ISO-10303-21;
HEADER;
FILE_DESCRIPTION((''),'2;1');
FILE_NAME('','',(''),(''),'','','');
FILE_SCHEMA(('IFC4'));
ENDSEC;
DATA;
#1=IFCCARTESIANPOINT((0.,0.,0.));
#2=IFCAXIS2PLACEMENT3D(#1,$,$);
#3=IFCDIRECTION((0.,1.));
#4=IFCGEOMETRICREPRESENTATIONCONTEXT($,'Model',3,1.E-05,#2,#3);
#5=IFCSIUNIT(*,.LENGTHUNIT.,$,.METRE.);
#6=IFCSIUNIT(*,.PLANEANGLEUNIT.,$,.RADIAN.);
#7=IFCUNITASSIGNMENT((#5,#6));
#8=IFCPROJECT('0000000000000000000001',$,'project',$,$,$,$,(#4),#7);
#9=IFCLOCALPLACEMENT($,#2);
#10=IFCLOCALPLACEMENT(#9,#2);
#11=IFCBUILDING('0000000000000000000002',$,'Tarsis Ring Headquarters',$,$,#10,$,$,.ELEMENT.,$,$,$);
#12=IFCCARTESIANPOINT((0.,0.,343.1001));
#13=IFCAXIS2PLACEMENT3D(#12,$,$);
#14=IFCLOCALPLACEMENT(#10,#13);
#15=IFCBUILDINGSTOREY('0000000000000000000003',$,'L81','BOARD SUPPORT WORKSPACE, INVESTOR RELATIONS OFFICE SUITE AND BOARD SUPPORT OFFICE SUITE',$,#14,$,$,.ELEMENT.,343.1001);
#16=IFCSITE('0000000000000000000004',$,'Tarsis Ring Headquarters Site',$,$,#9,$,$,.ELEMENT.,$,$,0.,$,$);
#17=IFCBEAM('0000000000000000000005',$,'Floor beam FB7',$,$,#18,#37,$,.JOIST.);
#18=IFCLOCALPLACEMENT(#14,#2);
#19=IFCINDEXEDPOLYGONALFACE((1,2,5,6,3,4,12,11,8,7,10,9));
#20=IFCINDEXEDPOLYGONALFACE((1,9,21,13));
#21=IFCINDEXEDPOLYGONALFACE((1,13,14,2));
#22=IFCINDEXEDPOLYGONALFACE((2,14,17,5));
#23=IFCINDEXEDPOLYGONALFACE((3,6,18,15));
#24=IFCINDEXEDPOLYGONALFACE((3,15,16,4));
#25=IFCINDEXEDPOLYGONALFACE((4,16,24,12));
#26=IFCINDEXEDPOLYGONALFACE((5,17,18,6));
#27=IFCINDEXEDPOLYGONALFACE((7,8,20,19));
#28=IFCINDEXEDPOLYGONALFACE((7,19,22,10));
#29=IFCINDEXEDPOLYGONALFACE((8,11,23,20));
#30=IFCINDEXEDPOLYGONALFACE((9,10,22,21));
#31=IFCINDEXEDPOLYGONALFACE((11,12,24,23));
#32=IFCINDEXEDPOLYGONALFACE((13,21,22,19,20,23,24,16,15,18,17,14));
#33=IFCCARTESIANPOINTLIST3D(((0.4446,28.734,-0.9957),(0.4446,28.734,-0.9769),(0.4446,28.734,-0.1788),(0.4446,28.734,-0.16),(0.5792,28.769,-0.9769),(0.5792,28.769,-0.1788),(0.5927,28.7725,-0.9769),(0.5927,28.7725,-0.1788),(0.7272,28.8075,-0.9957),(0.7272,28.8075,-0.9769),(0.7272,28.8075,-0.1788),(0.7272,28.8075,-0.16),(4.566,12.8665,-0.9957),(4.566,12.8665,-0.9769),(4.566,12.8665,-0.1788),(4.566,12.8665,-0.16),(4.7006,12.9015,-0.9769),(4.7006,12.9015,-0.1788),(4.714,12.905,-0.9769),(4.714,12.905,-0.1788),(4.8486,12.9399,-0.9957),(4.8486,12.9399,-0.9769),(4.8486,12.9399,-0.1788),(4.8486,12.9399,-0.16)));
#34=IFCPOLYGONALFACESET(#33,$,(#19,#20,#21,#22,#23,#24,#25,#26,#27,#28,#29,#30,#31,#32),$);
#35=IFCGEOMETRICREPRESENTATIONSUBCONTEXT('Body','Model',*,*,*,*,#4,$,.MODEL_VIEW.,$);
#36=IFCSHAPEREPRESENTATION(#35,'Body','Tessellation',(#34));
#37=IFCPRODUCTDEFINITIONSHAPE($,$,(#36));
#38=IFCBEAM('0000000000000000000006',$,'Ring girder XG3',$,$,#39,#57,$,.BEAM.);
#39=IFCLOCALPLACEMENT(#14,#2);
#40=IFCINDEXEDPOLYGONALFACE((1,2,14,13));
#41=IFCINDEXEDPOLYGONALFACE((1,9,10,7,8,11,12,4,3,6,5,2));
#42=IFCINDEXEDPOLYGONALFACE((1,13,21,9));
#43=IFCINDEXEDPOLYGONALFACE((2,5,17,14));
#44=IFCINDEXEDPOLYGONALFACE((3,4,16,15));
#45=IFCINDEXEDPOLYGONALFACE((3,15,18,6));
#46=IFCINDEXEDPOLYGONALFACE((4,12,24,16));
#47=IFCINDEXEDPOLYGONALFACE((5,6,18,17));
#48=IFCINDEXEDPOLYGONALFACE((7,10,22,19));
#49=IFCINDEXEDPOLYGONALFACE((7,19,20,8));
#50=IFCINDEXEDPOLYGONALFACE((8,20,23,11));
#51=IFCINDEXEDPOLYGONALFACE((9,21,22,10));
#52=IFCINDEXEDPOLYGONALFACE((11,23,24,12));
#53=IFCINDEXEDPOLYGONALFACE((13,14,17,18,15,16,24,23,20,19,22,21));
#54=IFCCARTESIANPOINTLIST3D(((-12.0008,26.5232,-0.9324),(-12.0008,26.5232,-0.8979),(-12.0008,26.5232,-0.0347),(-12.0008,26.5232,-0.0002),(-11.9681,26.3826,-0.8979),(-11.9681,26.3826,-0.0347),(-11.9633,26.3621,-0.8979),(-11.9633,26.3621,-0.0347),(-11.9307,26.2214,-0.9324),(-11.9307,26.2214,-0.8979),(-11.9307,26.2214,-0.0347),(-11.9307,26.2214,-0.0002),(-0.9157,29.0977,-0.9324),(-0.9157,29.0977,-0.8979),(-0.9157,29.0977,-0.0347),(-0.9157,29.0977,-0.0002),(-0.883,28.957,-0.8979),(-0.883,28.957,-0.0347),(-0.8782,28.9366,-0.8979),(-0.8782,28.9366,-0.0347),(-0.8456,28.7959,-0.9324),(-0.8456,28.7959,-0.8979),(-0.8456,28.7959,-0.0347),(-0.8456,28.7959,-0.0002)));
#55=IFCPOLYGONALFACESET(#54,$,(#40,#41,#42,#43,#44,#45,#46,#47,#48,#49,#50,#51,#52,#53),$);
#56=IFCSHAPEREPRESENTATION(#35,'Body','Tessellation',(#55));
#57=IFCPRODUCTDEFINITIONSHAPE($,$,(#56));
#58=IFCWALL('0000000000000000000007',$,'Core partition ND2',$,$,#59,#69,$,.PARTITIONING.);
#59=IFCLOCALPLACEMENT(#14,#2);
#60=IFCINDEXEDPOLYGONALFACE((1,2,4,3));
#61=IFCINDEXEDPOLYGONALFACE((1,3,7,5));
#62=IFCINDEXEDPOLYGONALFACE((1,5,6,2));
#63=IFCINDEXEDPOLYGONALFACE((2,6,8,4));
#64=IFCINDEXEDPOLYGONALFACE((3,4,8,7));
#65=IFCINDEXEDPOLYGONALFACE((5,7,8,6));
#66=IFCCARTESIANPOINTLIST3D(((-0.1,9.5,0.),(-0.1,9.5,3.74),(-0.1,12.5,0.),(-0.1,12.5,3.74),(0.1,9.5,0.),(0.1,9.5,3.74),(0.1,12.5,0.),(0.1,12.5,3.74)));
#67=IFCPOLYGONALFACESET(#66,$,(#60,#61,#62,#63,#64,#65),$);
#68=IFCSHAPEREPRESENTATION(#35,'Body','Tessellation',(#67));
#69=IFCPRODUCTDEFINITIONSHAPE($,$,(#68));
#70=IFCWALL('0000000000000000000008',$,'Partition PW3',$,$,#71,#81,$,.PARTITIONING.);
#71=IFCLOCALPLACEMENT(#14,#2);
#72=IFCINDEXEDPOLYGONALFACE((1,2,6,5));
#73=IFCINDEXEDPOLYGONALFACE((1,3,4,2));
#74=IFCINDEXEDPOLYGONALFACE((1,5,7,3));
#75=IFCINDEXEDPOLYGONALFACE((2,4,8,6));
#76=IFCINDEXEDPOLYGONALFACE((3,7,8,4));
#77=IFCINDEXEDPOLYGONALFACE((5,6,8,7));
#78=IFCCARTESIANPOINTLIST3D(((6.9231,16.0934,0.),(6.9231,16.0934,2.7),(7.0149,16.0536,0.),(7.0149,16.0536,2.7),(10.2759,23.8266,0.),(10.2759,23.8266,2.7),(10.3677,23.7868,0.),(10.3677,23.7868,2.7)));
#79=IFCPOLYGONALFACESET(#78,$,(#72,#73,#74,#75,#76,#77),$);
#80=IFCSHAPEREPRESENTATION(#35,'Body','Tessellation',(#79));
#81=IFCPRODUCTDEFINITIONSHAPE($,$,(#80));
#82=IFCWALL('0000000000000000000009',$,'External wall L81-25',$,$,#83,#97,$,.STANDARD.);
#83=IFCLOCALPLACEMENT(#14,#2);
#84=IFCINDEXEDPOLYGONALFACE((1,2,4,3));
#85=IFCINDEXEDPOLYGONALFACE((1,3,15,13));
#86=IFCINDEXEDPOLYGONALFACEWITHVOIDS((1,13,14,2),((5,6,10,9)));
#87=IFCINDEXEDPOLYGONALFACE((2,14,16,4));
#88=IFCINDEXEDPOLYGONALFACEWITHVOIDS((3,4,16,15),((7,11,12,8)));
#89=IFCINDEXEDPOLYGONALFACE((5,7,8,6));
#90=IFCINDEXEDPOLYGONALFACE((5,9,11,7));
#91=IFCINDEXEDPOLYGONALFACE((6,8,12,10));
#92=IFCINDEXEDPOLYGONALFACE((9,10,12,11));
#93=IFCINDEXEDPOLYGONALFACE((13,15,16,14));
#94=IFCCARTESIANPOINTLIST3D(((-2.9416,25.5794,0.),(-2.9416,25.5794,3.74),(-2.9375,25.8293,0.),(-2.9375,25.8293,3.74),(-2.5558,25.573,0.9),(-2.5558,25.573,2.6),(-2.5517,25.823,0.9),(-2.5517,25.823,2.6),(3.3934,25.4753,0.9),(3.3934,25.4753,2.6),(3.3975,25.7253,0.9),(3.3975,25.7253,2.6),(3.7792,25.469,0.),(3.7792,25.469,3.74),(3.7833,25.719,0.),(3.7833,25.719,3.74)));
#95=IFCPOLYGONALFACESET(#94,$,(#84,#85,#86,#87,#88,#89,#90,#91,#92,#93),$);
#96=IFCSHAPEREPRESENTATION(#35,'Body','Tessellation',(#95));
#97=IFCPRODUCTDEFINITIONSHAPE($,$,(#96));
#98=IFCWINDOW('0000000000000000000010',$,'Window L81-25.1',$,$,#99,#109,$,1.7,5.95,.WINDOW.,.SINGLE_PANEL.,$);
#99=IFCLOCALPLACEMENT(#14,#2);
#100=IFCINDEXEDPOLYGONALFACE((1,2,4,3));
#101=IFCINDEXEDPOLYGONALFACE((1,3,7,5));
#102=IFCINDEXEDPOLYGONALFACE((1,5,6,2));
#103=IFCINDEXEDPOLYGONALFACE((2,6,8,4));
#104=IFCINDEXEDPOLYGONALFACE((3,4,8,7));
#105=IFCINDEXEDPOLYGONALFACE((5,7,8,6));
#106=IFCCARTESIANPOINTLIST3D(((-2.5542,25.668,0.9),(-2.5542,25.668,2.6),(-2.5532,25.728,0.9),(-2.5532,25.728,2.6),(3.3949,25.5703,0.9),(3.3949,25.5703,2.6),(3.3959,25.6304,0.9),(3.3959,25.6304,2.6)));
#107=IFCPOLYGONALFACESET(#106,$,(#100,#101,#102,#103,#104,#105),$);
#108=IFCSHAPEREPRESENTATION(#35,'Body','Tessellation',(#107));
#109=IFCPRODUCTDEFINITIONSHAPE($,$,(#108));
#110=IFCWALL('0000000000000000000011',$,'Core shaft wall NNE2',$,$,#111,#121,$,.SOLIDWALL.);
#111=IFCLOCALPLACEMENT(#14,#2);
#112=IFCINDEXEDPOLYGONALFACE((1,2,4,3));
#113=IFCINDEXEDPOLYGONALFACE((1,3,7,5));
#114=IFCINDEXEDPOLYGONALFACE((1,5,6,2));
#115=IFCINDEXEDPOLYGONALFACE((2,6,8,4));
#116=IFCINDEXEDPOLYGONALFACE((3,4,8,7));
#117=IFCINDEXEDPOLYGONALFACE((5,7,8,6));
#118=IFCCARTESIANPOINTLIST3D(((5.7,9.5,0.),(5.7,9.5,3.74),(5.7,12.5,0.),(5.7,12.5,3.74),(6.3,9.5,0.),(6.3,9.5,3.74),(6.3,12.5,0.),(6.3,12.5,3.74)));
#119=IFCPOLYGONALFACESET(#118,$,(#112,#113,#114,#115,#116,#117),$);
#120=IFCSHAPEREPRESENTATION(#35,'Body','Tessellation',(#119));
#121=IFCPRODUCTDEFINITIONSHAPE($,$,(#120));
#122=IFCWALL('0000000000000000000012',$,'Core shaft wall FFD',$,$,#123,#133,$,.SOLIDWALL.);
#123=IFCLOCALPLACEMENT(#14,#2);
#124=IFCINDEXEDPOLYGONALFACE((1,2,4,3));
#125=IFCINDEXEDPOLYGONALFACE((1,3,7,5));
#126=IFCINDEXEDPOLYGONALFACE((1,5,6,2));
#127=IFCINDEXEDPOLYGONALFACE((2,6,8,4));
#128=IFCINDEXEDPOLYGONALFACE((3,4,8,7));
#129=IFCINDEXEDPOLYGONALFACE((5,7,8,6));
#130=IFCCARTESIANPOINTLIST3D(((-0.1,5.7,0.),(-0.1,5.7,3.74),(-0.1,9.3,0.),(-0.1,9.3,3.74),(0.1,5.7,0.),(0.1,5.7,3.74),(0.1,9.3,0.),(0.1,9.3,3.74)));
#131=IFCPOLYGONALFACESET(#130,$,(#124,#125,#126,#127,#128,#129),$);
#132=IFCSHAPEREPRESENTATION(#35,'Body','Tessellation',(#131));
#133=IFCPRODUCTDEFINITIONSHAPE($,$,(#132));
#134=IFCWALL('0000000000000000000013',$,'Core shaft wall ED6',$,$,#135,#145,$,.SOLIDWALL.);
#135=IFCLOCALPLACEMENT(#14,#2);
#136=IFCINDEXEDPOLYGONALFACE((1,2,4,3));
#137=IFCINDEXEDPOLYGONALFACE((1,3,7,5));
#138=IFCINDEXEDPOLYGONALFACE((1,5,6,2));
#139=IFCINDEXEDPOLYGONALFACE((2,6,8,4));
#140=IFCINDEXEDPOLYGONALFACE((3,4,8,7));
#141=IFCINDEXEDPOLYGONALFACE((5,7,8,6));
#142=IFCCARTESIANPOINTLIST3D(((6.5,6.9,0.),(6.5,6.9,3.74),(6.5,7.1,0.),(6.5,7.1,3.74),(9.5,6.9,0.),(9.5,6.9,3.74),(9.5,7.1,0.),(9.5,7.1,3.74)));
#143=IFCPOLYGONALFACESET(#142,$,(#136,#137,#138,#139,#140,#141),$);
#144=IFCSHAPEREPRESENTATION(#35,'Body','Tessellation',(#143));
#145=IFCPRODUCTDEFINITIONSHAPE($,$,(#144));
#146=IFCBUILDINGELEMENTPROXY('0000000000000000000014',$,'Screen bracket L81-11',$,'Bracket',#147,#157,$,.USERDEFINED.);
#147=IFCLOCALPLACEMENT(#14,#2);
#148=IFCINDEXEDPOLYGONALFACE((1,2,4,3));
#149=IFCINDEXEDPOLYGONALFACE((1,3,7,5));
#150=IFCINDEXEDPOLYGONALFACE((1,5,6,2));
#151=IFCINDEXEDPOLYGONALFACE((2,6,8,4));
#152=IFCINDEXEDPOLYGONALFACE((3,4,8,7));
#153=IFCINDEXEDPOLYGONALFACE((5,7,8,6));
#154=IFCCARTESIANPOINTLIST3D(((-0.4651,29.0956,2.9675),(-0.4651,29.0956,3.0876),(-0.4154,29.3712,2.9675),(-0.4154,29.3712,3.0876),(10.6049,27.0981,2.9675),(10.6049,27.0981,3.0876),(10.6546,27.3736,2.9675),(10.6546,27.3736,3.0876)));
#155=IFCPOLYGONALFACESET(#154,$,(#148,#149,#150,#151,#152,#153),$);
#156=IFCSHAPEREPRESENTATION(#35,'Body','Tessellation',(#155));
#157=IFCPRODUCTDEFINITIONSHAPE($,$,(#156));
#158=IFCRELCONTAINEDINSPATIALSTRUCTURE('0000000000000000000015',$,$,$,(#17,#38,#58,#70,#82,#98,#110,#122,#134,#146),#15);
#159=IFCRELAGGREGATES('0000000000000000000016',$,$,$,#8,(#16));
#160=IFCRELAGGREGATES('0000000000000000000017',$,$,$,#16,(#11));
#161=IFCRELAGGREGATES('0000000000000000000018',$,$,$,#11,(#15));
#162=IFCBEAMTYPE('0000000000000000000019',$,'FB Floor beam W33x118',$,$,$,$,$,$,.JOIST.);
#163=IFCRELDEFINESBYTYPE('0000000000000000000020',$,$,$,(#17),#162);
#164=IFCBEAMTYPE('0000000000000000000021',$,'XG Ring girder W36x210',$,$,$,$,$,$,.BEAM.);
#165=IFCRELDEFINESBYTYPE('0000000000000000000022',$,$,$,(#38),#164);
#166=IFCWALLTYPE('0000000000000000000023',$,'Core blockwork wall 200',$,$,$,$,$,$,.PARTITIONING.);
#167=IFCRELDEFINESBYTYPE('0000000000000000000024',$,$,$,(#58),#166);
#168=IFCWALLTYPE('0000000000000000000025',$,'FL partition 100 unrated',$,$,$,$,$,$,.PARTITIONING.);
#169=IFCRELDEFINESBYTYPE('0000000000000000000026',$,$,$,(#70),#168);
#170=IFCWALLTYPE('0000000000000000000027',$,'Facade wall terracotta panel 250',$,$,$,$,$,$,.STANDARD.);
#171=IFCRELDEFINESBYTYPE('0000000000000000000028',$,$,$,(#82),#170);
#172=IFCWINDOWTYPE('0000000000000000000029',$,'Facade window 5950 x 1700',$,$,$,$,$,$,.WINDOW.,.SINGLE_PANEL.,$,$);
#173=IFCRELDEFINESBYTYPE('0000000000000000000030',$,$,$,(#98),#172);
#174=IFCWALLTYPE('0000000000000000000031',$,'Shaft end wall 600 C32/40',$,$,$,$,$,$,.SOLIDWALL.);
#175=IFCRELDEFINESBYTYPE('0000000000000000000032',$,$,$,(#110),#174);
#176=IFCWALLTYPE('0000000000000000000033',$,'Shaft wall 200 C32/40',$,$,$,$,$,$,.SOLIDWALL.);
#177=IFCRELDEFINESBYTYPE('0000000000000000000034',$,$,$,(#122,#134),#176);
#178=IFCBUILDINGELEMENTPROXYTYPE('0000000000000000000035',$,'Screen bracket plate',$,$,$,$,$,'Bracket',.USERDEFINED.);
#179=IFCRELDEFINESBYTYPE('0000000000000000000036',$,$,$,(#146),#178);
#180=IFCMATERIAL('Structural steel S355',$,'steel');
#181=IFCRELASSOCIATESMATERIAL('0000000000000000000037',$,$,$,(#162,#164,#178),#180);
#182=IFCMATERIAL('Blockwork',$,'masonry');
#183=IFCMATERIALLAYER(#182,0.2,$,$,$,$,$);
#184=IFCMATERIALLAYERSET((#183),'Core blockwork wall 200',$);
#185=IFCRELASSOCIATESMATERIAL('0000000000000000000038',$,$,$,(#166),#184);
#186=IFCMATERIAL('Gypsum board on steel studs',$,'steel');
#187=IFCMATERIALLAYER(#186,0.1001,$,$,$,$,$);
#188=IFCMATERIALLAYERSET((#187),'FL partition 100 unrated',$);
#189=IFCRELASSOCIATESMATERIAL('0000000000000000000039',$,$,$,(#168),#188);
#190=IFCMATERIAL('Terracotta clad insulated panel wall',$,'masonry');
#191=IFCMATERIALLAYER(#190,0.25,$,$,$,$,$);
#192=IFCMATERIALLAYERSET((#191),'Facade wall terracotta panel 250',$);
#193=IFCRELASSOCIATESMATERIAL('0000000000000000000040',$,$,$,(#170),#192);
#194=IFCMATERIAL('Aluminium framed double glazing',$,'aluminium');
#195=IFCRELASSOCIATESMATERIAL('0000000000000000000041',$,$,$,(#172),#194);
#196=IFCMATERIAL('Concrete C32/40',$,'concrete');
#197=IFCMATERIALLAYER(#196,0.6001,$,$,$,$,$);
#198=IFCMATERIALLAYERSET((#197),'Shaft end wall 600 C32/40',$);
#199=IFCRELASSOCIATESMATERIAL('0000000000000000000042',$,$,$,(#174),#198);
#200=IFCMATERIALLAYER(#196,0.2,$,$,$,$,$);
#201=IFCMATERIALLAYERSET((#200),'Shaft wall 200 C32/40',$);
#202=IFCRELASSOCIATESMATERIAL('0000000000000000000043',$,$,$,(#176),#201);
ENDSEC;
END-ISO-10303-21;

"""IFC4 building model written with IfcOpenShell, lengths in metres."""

from ifc_helpers import new_model, si_unit, direction, frame, frame_2d, origin, origin_2d, place, context, subcontext, project, spatial, rectangle, i_section, extrude, material, layer, layer_set, material_profile, profile_set, type_object, element, fill, save


model = new_model("IFC4")

# Units and contexts
model_context = context("Model", 3, precision=1e-05, world=origin(), true_north=direction((0.0, 1.0)))
body_context = subcontext(model_context, "Body", "Model", "MODEL_VIEW")
ifc_project = project(units=[si_unit("LENGTHUNIT", "METRE"), si_unit("PLANEANGLEUNIT", "RADIAN")], contexts=[model_context])

# Site, building, storey
site_placement = place(None, origin())
site = spatial("IfcSite", under=ifc_project, at=site_placement, Name="Tarsis Ring Headquarters Site", CompositionType="ELEMENT", RefElevation=0.0)
building_placement = place(site_placement, origin())
building = spatial("IfcBuilding", under=site, at=building_placement, Name="Tarsis Ring Headquarters", CompositionType="ELEMENT")
storey_placement = place(building_placement, frame((0.0, 0.0, 343.1001)))
storey = spatial("IfcBuildingStorey", under=building, at=storey_placement, Name="L81", Description="BOARD SUPPORT WORKSPACE, INVESTOR RELATIONS OFFICE SUITE AND BOARD SUPPORT OFFICE SUITE", CompositionType="ELEMENT", Elevation=343.1001)

# Shared definitions
ifc_material_1 = material(Name="Structural steel S355", Category="steel")

# Beams
ifc_material_profile_1 = material_profile(ifc_material_1, i_section(OverallWidth=0.292, OverallDepth=0.8357, WebThickness=0.0139, FlangeThickness=0.0188, at=origin_2d()), Name="W33x118")
ifc_profile_set_1 = profile_set([ifc_material_profile_1], Name="Structural steel S355")
beam_type_1 = type_object("IfcBeamType", Name="FB Floor beam W33x118", PredefinedType="JOIST", material=ifc_profile_set_1)
beam_1_placement = place(storey_placement, frame((0.5859, 28.7708, -0.5779), z_axis=(0.251394, -0.967885, 0.0), x_axis=(0.967885, 0.251394, 0.0)))
element("IfcBeam", 1, at=beam_1_placement, inside=storey, type_object=beam_type_1, Name="Floor beam FB7", PredefinedType="JOIST", context=body_context, shape_type="SweptSolid", body=[
    extrude(i_section(OverallWidth=0.292, OverallDepth=0.8357, WebThickness=0.0139, FlangeThickness=0.0188, at=origin_2d()), origin(), (0.0, 0.0, 1.0), 16.394),
])
ifc_material_profile_2 = material_profile(ifc_material_1, i_section(OverallWidth=0.3098, OverallDepth=0.9321, WebThickness=0.021, FlangeThickness=0.0344, at=origin_2d()), Name="W36x210")
ifc_profile_set_2 = profile_set([ifc_material_profile_2], Name="Structural steel S355")
beam_type_2 = type_object("IfcBeamType", Name="XG Ring girder W36x210", PredefinedType="BEAM", material=ifc_profile_set_2)
beam_2_placement = place(storey_placement, frame((-0.8806, 28.9468, -0.4663), z_axis=(-0.974076, -0.226222, 0.0), x_axis=(0.226222, -0.974076, 0.0)))
element("IfcBeam", 2, at=beam_2_placement, inside=storey, type_object=beam_type_2, Name="Ring girder XG3", PredefinedType="BEAM", context=body_context, shape_type="SweptSolid", body=[
    extrude(i_section(OverallWidth=0.3098, OverallDepth=0.9321, WebThickness=0.021, FlangeThickness=0.0344, at=origin_2d()), origin(), (0.0, 0.0, 1.0), 11.3801),
])

# Walls
ifc_material_2 = material(Name="Blockwork", Category="masonry")
ifc_layer_1 = layer(ifc_material_2, 0.2)
ifc_layer_set_1 = layer_set([ifc_layer_1], Name="Core blockwork wall 200")
wall_type_1 = type_object("IfcWallType", Name="Core blockwork wall 200", PredefinedType="PARTITIONING", material=ifc_layer_set_1)
wall_1_placement = place(storey_placement, frame((0.0, 9.5, 0.0), z_axis=(0.0, 0.0, 1.0), x_axis=(0.0, 1.0, 0.0)))
element("IfcWall", 3, at=wall_1_placement, inside=storey, type_object=wall_type_1, Name="Core partition ND2", PredefinedType="PARTITIONING", context=body_context, shape_type="SweptSolid", body=[
    extrude(rectangle(XDim=3.0, YDim=0.2, at=frame_2d((1.5, 0.0))), origin(), (0.0, 0.0, 1.0), 3.74),
])
ifc_material_3 = material(Name="Gypsum board on steel studs", Category="steel")
ifc_layer_2 = layer(ifc_material_3, 0.1001)
ifc_layer_set_2 = layer_set([ifc_layer_2], Name="FL partition 100 unrated")
wall_type_2 = type_object("IfcWallType", Name="FL partition 100 unrated", PredefinedType="PARTITIONING", material=ifc_layer_set_2)
wall_2_placement = place(storey_placement, frame((6.969, 16.0735, 0.0), z_axis=(0.0, 0.0, 1.0), x_axis=(0.397782, 0.91748, 0.0)))
element("IfcWall", 4, at=wall_2_placement, inside=storey, type_object=wall_type_2, Name="Partition PW3", PredefinedType="PARTITIONING", context=body_context, shape_type="SweptSolid", body=[
    extrude(rectangle(XDim=8.4287, YDim=0.1001, at=frame_2d((4.2144, 0.0))), origin(), (0.0, 0.0, 1.0), 2.7),
])

# Wall, opening, window
ifc_material_4 = material(Name="Terracotta clad insulated panel wall", Category="masonry")
ifc_layer_3 = layer(ifc_material_4, 0.25)
ifc_layer_set_3 = layer_set([ifc_layer_3], Name="Facade wall terracotta panel 250")
wall_type_3 = type_object("IfcWallType", Name="Facade wall terracotta panel 250", PredefinedType="STANDARD", material=ifc_layer_set_3)
wall_3_placement = place(storey_placement, frame((3.7812, 25.594, 0.0), z_axis=(0.0, 0.0, 1.0), x_axis=(-0.999865, 0.016417, 0.0)))
wall_3 = element("IfcWall", 5, at=wall_3_placement, inside=storey, type_object=wall_type_3, Name="External wall L81-25", PredefinedType="STANDARD", context=body_context, shape_type="SweptSolid", body=[
    extrude(rectangle(XDim=6.7217, YDim=0.25, at=frame_2d((3.3608, 0.0))), origin(), (0.0, 0.0, 1.0), 3.74),
])
opening_placement = place(wall_3_placement, frame((0.3857, 0.0, 0.8999)))
opening = element("IfcOpeningElement", 6, at=opening_placement, cuts=wall_3, PredefinedType="OPENING", context=body_context, shape_type="SweptSolid", body=[
    extrude(rectangle(XDim=5.95, YDim=1.7, at=frame_2d((2.9751, 0.8501))), frame((0.0, 0.135, 0.0), z_axis=(0.0, -1.0, 0.0), x_axis=(1.0, 0.0, 0.0)), (0.0, 0.0, 1.0), 0.27),
])
ifc_material_5 = material(Name="Aluminium framed double glazing", Category="aluminium")
window_type = type_object("IfcWindowType", Name="Facade window 5950 x 1700", PartitioningType="SINGLE_PANEL", PredefinedType="WINDOW", material=ifc_material_5)
window_placement = place(opening_placement, origin())
window = element("IfcWindow", 7, at=window_placement, inside=storey, type_object=window_type, Name="Window L81-25.1", OverallHeight=1.7, OverallWidth=5.95, PartitioningType="SINGLE_PANEL", PredefinedType="WINDOW", context=body_context, shape_type="SweptSolid", body=[
    extrude(rectangle(XDim=5.95, YDim=1.7, at=frame_2d((2.9751, 0.8501))), frame((0.0, 0.03, 0.0), z_axis=(0.0, -1.0, 0.0), x_axis=(1.0, 0.0, 0.0)), (0.0, 0.0, 1.0), 0.0601),
])
fill(opening, window)

# Walls
ifc_material_6 = material(Name="Concrete C32/40", Category="concrete")
ifc_layer_4 = layer(ifc_material_6, 0.6001)
ifc_layer_set_4 = layer_set([ifc_layer_4], Name="Shaft end wall 600 C32/40")
wall_type_4 = type_object("IfcWallType", Name="Shaft end wall 600 C32/40", PredefinedType="SOLIDWALL", material=ifc_layer_set_4)
wall_4_placement = place(storey_placement, frame((6.0, 9.5, 0.0), z_axis=(0.0, 0.0, 1.0), x_axis=(0.0, 1.0, 0.0)))
element("IfcWall", 8, at=wall_4_placement, inside=storey, type_object=wall_type_4, Name="Core shaft wall NNE2", PredefinedType="SOLIDWALL", context=body_context, shape_type="SweptSolid", body=[
    extrude(rectangle(XDim=3.0, YDim=0.6001, at=frame_2d((1.5, 0.0))), origin(), (0.0, 0.0, 1.0), 3.74),
])
ifc_layer_5 = layer(ifc_material_6, 0.2)
ifc_layer_set_5 = layer_set([ifc_layer_5], Name="Shaft wall 200 C32/40")
wall_type_5 = type_object("IfcWallType", Name="Shaft wall 200 C32/40", PredefinedType="SOLIDWALL", material=ifc_layer_set_5)
wall_5_placement = place(storey_placement, frame((0.0, 5.7, 0.0), z_axis=(0.0, 0.0, 1.0), x_axis=(0.0, 1.0, 0.0)))
element("IfcWall", 9, at=wall_5_placement, inside=storey, type_object=wall_type_5, Name="Core shaft wall FFD", PredefinedType="SOLIDWALL", context=body_context, shape_type="SweptSolid", body=[
    extrude(rectangle(XDim=3.6001, YDim=0.2, at=frame_2d((1.8, 0.0))), origin(), (0.0, 0.0, 1.0), 3.74),
])
wall_6_placement = place(storey_placement, frame((6.5, 7.0, 0.0), z_axis=(0.0, 0.0, 1.0), x_axis=(1.0, 0.0, 0.0)))
element("IfcWall", 10, at=wall_6_placement, inside=storey, type_object=wall_type_5, Name="Core shaft wall ED6", PredefinedType="SOLIDWALL", context=body_context, shape_type="SweptSolid", body=[
    extrude(rectangle(XDim=3.0, YDim=0.2, at=frame_2d((1.5, 0.0))), origin(), (0.0, 0.0, 1.0), 3.74),
])

# Building element proxy
building_element_proxy_type = type_object("IfcBuildingElementProxyType", Name="Screen bracket plate", ElementType="Bracket", PredefinedType="USERDEFINED", material=ifc_material_1)
proxy_placement = place(storey_placement, frame((5.0947, 28.2346, 2.9675), z_axis=(0.0, 0.0, 1.0), x_axis=(-0.984107, 0.177579, 0.0)))
element("IfcBuildingElementProxy", 11, at=proxy_placement, inside=storey, type_object=building_element_proxy_type, Name="Screen bracket L81-11", ObjectType="Bracket", PredefinedType="USERDEFINED", context=body_context, shape_type="SweptSolid", body=[
    extrude(rectangle(XDim=11.2488, YDim=0.28, at=origin_2d()), origin(), (0.0, 0.0, 1.0), 0.1201),
])

save(model, "model.ifc")
